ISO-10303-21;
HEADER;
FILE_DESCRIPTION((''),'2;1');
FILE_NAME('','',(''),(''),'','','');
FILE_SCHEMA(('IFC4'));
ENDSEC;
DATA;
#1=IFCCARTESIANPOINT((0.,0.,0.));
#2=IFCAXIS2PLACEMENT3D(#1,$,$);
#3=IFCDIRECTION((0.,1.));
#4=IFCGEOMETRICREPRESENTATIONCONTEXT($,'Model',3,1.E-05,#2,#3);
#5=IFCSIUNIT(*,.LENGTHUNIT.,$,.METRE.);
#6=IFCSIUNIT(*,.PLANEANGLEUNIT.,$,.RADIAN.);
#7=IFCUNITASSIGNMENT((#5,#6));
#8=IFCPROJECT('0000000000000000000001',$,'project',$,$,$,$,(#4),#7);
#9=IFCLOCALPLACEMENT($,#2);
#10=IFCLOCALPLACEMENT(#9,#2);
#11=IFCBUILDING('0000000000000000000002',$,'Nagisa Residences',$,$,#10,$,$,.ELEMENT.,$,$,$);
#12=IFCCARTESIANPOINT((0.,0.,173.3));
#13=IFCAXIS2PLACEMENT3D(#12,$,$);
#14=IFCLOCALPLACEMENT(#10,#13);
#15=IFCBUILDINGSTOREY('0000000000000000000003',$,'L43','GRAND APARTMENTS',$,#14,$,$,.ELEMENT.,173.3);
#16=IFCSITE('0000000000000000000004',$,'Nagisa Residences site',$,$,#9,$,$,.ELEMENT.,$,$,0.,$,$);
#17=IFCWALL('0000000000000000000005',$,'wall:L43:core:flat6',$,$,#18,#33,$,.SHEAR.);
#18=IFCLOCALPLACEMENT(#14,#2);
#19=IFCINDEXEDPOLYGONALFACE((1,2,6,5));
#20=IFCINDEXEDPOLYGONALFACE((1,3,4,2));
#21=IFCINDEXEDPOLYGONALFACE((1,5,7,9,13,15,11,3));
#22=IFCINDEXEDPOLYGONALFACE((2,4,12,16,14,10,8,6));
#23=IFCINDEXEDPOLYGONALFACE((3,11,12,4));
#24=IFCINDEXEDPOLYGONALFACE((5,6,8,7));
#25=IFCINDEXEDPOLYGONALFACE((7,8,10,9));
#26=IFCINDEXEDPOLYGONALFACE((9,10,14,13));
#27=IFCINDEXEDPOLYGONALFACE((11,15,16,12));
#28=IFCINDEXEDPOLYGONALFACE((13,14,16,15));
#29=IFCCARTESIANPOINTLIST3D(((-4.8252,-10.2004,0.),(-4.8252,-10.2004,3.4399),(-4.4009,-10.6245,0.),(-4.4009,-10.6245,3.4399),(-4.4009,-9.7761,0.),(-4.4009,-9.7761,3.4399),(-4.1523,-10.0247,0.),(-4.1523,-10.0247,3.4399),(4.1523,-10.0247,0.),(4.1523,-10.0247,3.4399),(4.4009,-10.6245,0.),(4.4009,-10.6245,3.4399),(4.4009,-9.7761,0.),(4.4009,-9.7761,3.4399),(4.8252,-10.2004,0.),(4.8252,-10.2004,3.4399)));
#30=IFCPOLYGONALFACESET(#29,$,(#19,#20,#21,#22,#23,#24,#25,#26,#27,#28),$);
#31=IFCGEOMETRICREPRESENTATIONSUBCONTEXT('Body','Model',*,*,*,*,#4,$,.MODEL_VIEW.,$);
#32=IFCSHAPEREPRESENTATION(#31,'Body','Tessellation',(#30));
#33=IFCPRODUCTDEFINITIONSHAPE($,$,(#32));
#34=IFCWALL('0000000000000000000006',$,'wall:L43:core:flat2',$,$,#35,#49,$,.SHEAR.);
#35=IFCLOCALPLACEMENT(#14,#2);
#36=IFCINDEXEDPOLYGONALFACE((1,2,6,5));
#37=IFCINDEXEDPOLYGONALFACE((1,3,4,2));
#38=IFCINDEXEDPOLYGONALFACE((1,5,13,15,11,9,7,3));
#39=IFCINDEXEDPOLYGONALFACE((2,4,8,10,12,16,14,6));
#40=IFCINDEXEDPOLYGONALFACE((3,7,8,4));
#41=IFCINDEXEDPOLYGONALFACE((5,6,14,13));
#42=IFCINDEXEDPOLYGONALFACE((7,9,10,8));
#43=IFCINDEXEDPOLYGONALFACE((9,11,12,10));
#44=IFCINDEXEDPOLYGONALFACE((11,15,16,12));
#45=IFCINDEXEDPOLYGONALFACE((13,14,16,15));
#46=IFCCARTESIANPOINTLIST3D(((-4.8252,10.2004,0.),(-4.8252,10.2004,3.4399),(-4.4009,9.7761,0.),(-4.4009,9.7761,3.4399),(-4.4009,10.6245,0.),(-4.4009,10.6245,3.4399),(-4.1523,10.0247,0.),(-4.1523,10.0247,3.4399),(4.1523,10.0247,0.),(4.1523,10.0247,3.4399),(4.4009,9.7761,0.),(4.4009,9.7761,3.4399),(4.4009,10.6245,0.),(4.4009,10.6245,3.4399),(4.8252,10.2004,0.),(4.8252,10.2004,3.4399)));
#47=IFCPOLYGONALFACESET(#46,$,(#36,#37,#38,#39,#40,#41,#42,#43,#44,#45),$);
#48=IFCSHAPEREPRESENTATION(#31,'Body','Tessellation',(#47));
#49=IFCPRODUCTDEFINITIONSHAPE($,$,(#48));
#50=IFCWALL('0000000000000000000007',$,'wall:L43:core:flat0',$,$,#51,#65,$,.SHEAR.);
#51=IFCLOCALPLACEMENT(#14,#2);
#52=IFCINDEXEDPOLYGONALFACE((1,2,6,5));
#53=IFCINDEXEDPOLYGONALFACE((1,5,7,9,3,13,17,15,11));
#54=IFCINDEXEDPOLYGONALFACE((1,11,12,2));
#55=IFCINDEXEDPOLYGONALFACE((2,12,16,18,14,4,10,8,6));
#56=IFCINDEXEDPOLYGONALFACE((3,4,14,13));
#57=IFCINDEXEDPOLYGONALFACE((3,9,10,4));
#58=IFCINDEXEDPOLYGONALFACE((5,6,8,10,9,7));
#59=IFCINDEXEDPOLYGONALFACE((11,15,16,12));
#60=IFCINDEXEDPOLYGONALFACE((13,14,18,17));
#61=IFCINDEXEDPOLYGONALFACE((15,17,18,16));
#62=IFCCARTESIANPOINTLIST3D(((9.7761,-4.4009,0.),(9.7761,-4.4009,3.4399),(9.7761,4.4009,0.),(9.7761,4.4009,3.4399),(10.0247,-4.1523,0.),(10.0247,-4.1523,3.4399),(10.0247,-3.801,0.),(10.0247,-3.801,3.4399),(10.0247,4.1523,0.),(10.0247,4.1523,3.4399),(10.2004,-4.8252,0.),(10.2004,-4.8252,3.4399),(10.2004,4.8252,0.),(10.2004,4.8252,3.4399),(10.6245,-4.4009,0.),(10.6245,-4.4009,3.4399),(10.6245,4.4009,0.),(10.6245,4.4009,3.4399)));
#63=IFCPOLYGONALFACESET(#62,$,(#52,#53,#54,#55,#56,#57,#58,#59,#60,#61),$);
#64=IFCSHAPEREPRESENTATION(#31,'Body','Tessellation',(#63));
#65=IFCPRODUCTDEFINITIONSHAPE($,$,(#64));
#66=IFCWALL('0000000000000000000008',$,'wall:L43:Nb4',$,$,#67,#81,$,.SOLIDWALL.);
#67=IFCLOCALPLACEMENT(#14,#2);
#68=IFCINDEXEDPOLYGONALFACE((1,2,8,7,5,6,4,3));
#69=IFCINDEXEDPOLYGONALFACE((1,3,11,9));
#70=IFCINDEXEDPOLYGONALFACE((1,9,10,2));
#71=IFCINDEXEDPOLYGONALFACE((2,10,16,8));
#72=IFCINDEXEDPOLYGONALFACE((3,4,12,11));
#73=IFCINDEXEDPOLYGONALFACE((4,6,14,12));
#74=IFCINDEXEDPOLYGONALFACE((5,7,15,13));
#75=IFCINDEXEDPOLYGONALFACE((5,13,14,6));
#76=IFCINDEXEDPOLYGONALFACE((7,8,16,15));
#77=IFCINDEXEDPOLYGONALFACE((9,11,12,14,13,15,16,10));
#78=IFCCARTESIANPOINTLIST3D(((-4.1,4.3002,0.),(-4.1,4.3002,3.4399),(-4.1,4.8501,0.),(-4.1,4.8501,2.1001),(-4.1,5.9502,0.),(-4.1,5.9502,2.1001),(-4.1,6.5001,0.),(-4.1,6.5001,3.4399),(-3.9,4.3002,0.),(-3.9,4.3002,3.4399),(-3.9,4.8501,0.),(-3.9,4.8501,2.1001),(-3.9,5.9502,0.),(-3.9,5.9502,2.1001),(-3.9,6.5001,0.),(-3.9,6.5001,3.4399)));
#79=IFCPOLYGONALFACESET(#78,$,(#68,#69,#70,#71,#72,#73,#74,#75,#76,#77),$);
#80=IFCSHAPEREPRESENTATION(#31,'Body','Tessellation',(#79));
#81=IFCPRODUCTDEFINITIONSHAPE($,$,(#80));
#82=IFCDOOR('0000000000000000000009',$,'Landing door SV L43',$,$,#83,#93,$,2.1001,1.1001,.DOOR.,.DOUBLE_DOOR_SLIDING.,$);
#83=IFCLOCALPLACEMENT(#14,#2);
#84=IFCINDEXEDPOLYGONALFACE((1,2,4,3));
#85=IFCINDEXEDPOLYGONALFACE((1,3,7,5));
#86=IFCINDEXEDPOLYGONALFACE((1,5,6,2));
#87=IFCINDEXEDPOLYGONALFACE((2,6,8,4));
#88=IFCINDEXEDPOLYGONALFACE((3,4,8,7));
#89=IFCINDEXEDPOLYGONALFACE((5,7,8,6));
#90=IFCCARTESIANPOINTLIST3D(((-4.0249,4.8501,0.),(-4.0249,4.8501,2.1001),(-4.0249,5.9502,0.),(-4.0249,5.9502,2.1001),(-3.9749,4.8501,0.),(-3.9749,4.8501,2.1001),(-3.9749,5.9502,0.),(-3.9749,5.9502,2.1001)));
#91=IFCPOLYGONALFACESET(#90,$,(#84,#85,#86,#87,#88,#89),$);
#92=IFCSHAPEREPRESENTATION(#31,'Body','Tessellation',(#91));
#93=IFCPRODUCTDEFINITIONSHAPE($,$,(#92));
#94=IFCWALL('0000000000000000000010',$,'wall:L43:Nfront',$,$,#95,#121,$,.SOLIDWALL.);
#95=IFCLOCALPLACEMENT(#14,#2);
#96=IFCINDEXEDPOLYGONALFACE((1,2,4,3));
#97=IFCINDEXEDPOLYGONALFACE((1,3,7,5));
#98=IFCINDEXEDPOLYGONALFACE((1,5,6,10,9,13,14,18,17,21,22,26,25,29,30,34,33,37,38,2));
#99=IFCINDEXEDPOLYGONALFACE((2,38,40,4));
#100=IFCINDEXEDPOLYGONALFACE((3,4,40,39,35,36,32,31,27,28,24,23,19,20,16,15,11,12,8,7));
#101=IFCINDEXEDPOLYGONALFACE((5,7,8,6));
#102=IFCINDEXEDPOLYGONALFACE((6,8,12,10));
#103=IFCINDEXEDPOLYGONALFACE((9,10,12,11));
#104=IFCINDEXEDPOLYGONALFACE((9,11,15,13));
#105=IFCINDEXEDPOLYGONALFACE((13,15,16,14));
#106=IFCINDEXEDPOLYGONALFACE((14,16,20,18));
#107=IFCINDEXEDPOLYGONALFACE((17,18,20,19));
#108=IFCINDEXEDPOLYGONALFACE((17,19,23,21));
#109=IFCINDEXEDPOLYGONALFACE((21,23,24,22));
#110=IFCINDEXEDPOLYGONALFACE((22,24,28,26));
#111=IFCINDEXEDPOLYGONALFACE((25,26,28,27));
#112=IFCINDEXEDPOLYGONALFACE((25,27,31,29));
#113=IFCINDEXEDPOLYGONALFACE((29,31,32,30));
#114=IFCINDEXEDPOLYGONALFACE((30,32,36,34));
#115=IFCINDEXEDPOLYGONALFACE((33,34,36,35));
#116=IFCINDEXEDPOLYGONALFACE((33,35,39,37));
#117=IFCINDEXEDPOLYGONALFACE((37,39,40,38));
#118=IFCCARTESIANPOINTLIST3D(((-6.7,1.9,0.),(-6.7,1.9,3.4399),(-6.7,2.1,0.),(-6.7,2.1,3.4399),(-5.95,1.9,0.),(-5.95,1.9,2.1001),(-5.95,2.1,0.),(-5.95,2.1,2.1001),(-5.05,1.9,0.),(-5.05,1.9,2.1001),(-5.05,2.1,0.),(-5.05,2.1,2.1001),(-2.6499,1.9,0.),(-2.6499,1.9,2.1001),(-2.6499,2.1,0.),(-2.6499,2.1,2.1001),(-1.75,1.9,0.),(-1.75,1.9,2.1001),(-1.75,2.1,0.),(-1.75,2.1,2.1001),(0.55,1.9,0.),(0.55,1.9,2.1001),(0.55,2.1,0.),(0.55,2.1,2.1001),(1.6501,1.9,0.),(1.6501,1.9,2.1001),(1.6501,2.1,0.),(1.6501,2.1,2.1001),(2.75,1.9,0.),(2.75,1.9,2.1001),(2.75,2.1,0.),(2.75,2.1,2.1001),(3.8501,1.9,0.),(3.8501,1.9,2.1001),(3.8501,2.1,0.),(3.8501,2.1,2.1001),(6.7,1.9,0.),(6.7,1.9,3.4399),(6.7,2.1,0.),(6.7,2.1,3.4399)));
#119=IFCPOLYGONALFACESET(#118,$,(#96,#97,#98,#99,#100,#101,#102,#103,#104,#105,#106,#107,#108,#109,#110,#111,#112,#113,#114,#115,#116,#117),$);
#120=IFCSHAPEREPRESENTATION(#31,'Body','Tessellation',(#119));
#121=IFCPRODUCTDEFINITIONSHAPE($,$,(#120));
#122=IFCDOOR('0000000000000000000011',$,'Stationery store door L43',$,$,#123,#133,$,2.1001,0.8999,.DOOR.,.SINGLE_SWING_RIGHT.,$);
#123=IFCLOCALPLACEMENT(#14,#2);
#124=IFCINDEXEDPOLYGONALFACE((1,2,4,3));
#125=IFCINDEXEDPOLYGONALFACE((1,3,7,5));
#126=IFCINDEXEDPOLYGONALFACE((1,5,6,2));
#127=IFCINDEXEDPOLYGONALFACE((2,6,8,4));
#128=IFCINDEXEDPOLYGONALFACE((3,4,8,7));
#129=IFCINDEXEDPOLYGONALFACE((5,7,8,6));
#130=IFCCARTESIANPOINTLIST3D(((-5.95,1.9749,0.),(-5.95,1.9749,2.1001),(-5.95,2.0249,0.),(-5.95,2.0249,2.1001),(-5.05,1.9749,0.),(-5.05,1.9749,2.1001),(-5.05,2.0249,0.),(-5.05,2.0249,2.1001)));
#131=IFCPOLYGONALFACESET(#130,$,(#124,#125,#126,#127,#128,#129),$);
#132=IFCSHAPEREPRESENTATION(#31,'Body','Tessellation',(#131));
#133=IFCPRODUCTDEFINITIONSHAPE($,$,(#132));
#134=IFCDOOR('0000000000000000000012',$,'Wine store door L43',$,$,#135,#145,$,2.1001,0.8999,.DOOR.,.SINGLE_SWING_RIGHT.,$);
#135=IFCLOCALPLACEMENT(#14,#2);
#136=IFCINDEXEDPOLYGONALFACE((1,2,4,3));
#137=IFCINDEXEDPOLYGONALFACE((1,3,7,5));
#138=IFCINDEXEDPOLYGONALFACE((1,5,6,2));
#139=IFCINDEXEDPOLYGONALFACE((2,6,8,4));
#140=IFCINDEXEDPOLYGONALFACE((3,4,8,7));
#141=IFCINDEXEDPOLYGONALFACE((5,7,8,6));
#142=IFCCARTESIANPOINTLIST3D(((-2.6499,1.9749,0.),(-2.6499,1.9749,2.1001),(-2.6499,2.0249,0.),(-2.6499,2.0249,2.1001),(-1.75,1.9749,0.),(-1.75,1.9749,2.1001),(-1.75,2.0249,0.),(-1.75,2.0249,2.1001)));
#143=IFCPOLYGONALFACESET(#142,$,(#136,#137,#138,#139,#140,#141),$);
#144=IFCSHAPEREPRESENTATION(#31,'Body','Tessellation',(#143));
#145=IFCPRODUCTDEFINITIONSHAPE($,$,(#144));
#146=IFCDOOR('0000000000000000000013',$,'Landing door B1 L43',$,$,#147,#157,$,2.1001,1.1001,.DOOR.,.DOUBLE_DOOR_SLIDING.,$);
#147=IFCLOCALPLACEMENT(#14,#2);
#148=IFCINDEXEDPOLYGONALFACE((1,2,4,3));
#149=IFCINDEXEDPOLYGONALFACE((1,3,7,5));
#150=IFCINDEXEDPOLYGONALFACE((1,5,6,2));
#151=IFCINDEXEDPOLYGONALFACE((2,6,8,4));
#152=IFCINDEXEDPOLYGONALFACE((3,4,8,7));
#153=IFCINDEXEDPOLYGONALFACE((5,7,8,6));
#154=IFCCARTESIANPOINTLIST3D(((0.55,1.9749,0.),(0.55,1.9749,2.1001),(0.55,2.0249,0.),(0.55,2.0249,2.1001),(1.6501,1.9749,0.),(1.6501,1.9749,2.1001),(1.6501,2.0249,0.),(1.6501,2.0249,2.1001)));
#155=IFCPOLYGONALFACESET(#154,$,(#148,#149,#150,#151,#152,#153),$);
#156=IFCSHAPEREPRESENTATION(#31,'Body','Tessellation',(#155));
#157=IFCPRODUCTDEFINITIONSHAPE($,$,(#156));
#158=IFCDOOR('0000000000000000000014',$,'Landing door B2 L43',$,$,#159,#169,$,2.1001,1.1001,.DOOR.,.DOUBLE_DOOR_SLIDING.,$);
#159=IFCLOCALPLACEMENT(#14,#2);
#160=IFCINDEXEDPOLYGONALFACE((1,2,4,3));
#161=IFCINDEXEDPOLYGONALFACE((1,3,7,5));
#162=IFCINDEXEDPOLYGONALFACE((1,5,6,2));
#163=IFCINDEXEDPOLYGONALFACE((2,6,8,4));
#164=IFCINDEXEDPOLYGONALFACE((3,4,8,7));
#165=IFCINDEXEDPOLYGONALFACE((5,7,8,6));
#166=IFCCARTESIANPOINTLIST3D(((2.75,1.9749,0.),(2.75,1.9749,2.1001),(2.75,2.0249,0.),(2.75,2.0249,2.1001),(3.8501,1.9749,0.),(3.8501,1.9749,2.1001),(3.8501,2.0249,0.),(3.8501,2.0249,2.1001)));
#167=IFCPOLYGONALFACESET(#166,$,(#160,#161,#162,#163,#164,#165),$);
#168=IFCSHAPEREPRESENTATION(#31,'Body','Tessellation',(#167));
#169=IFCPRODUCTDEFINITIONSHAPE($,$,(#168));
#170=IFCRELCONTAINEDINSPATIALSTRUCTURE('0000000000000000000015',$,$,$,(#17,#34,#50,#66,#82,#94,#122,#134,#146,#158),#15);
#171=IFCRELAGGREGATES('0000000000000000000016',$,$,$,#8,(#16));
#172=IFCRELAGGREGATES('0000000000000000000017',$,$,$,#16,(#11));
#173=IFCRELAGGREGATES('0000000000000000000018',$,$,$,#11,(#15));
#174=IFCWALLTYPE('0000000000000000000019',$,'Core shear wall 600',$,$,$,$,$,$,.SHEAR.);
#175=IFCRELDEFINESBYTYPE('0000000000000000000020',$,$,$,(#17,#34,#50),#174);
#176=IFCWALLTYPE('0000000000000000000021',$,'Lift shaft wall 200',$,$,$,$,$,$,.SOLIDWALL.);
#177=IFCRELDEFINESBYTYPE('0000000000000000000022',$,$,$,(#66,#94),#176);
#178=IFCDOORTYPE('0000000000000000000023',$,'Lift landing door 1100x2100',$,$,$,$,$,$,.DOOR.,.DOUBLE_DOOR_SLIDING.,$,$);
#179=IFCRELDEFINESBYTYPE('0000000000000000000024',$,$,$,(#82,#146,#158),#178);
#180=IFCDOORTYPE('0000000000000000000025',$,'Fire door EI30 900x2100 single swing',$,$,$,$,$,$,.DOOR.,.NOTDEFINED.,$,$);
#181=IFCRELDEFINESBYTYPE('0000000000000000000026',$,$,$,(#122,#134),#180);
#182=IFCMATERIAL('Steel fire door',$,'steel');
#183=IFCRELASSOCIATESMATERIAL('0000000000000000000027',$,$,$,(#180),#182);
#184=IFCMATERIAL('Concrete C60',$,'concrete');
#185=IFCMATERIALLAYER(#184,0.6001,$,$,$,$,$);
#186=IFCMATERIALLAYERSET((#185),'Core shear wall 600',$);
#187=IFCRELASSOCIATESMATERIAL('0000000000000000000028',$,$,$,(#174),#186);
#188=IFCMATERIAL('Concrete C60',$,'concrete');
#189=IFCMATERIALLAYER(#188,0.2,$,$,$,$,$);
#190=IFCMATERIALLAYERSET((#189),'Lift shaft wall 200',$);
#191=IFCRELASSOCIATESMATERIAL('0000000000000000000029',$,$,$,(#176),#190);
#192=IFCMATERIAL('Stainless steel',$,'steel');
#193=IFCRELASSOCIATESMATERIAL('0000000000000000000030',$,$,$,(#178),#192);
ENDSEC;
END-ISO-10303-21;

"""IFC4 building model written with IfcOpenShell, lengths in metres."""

from ifc_helpers import new_model, si_unit, direction, frame, frame_2d, origin, place, context, subcontext, project, spatial, polyline, rectangle, outline, extrude, material, layer, layer_set, type_object, element, fill, save


model = new_model("IFC4")

# Units and contexts
model_context = context("Model", 3, precision=1e-05, world=origin(), true_north=direction((0.0, 1.0)))
body_context = subcontext(model_context, "Body", "Model", "MODEL_VIEW")
ifc_project = project(units=[si_unit("LENGTHUNIT", "METRE"), si_unit("PLANEANGLEUNIT", "RADIAN")], contexts=[model_context])

# Site, building, storey
site_placement = place(None, origin())
site = spatial("IfcSite", under=ifc_project, at=site_placement, Name="Nagisa Residences site", CompositionType="ELEMENT", RefElevation=0.0)
building_placement = place(site_placement, origin())
building = spatial("IfcBuilding", under=site, at=building_placement, Name="Nagisa Residences", CompositionType="ELEMENT")
storey_placement = place(building_placement, frame((0.0, 0.0, 173.3)))
storey = spatial("IfcBuildingStorey", under=building, at=storey_placement, Name="L43", Description="GRAND APARTMENTS", CompositionType="ELEMENT", Elevation=173.3)

# Shared definitions
ifc_material_1 = material(Name="Steel fire door", Category="steel")
door_type_1 = type_object("IfcDoorType", Name="Fire door EI30 900x2100 single swing", OperationType="NOTDEFINED", PredefinedType="DOOR", material=ifc_material_1)

# Shared definitions
ifc_material_2 = material(Name="Concrete C60", Category="concrete")
ifc_layer_1 = layer(ifc_material_2, 0.6001)
ifc_layer_set_1 = layer_set([ifc_layer_1], Name="Core shear wall 600")
wall_type_1 = type_object("IfcWallType", Name="Core shear wall 600", PredefinedType="SHEAR", material=ifc_layer_set_1)

# Walls
wall_1_placement = place(storey_placement, origin())
element("IfcWall", 1, at=wall_1_placement, inside=storey, type_object=wall_type_1, Name="wall:L43:core:flat6", PredefinedType="SHEAR", context=body_context, shape_type="SweptSolid", body=[
    extrude(outline(polyline([(-4.1523, -10.0247), (4.1523, -10.0247), (4.4009, -9.7761), (4.8252, -10.2004), (4.4009, -10.6245), (-4.4009, -10.6245), (-4.8252, -10.2004), (-4.4009, -9.7761), (-4.1523, -10.0247)])), origin(), (0.0, 0.0, 1.0), 3.4399),
])
wall_2_placement = place(storey_placement, origin())
element("IfcWall", 2, at=wall_2_placement, inside=storey, type_object=wall_type_1, Name="wall:L43:core:flat2", PredefinedType="SHEAR", context=body_context, shape_type="SweptSolid", body=[
    extrude(outline(polyline([(-4.1523, 10.0247), (-4.4009, 9.7761), (-4.8252, 10.2004), (-4.4009, 10.6245), (4.4009, 10.6245), (4.8252, 10.2004), (4.4009, 9.7761), (4.1523, 10.0247), (-4.1523, 10.0247)])), origin(), (0.0, 0.0, 1.0), 3.4399),
])
wall_3_placement = place(storey_placement, origin())
element("IfcWall", 3, at=wall_3_placement, inside=storey, type_object=wall_type_1, Name="wall:L43:core:flat0", PredefinedType="SHEAR", context=body_context, shape_type="SweptSolid", body=[
    extrude(outline(polyline([(9.7761, -4.4009), (10.0247, -4.1523), (10.0247, -3.801), (10.0247, 4.1523), (9.7761, 4.4009), (10.2004, 4.8252), (10.6245, 4.4009), (10.6245, -4.4009), (10.2004, -4.8252), (9.7761, -4.4009)])), origin(), (0.0, 0.0, 1.0), 3.4399),
])

# Wall, opening, door
ifc_material_3 = material(Name="Concrete C60", Category="concrete")
ifc_layer_2 = layer(ifc_material_3, 0.2)
ifc_layer_set_2 = layer_set([ifc_layer_2], Name="Lift shaft wall 200")
wall_type_2 = type_object("IfcWallType", Name="Lift shaft wall 200", PredefinedType="SOLIDWALL", material=ifc_layer_set_2)
wall_4_placement = place(storey_placement, frame((-4.0, 4.3, 0.0), z_axis=(0.0, 0.0, 1.0), x_axis=(0.0, 1.0, 0.0)))
wall_4 = element("IfcWall", 4, at=wall_4_placement, inside=storey, type_object=wall_type_2, Name="wall:L43:Nb4", PredefinedType="SOLIDWALL", context=body_context, shape_type="SweptSolid", body=[
    extrude(rectangle(XDim=2.2, YDim=0.2, at=frame_2d((1.1001, 0.0))), origin(), (0.0, 0.0, 1.0), 3.4399),
])
opening_1_placement = place(wall_4_placement, frame((0.55, 0.0, 0.0)))
opening_1 = element("IfcOpeningElement", 5, at=opening_1_placement, cuts=wall_4, PredefinedType="OPENING", context=body_context, shape_type="SweptSolid", body=[
    extrude(rectangle(XDim=1.1001, YDim=2.1001, at=frame_2d((0.55, 1.05))), frame((0.0, 0.1099, 0.0), z_axis=(0.0, -1.0, 0.0), x_axis=(1.0, 0.0, 0.0)), (0.0, 0.0, 1.0), 0.22),
])
ifc_material_4 = material(Name="Stainless steel", Category="steel")
door_type_2 = type_object("IfcDoorType", Name="Lift landing door 1100x2100", OperationType="DOUBLE_DOOR_SLIDING", PredefinedType="DOOR", material=ifc_material_4)
door_1_placement = place(opening_1_placement, origin())
door_1 = element("IfcDoor", 6, at=door_1_placement, inside=storey, type_object=door_type_2, Name="Landing door SV L43", OperationType="DOUBLE_DOOR_SLIDING", OverallHeight=2.1001, OverallWidth=1.1001, PredefinedType="DOOR", context=body_context, shape_type="SweptSolid", body=[
    extrude(rectangle(XDim=1.1001, YDim=2.1001, at=frame_2d((0.55, 1.05))), frame((0.0, 0.0249, 0.0), z_axis=(0.0, -1.0, 0.0), x_axis=(1.0, 0.0, 0.0)), (0.0, 0.0, 1.0), 0.05),
])
fill(opening_1, door_1)

# Wall, openings, doors
wall_5_placement = place(storey_placement, frame((-6.7, 2.0, 0.0), z_axis=(0.0, 0.0, 1.0), x_axis=(1.0, 0.0, 0.0)))
wall_5 = element("IfcWall", 7, at=wall_5_placement, inside=storey, type_object=wall_type_2, Name="wall:L43:Nfront", PredefinedType="SOLIDWALL", context=body_context, shape_type="SweptSolid", body=[
    extrude(rectangle(XDim=13.3999, YDim=0.2, at=frame_2d((6.7, 0.0))), origin(), (0.0, 0.0, 1.0), 3.4399),
])
opening_2_placement = place(wall_5_placement, frame((7.25, 0.0, 0.0)))
opening_2 = element("IfcOpeningElement", 8, at=opening_2_placement, cuts=wall_5, PredefinedType="OPENING", context=body_context, shape_type="SweptSolid", body=[
    extrude(rectangle(XDim=1.1001, YDim=2.1001, at=frame_2d((0.55, 1.05))), frame((0.0, 0.1099, 0.0), z_axis=(0.0, -1.0, 0.0), x_axis=(1.0, 0.0, 0.0)), (0.0, 0.0, 1.0), 0.22),
])
opening_3_placement = place(wall_5_placement, frame((9.45, 0.0, 0.0)))
opening_3 = element("IfcOpeningElement", 9, at=opening_3_placement, cuts=wall_5, PredefinedType="OPENING", context=body_context, shape_type="SweptSolid", body=[
    extrude(rectangle(XDim=1.1001, YDim=2.1001, at=frame_2d((0.55, 1.05))), frame((0.0, 0.1099, 0.0), z_axis=(0.0, -1.0, 0.0), x_axis=(1.0, 0.0, 0.0)), (0.0, 0.0, 1.0), 0.22),
])
opening_4_placement = place(wall_5_placement, frame((0.75, 0.0, 0.0)))
opening_4 = element("IfcOpeningElement", 10, at=opening_4_placement, cuts=wall_5, PredefinedType="OPENING", context=body_context, shape_type="SweptSolid", body=[
    extrude(rectangle(XDim=0.8999, YDim=2.1001, at=frame_2d((0.45, 1.05))), frame((0.0, 0.1099, 0.0), z_axis=(0.0, -1.0, 0.0), x_axis=(1.0, 0.0, 0.0)), (0.0, 0.0, 1.0), 0.22),
])
opening_5_placement = place(wall_5_placement, frame((4.05, 0.0, 0.0)))
opening_5 = element("IfcOpeningElement", 11, at=opening_5_placement, cuts=wall_5, PredefinedType="OPENING", context=body_context, shape_type="SweptSolid", body=[
    extrude(rectangle(XDim=0.8999, YDim=2.1001, at=frame_2d((0.45, 1.05))), frame((0.0, 0.1099, 0.0), z_axis=(0.0, -1.0, 0.0), x_axis=(1.0, 0.0, 0.0)), (0.0, 0.0, 1.0), 0.22),
])
door_2_placement = place(opening_4_placement, origin())
door_2 = element("IfcDoor", 12, at=door_2_placement, inside=storey, type_object=door_type_1, Name="Stationery store door L43", OperationType="SINGLE_SWING_RIGHT", OverallHeight=2.1001, OverallWidth=0.8999, PredefinedType="DOOR", context=body_context, shape_type="SweptSolid", body=[
    extrude(rectangle(XDim=0.8999, YDim=2.1001, at=frame_2d((0.45, 1.05))), frame((0.0, 0.0249, 0.0), z_axis=(0.0, -1.0, 0.0), x_axis=(1.0, 0.0, 0.0)), (0.0, 0.0, 1.0), 0.05),
])
fill(opening_4, door_2)
door_3_placement = place(opening_5_placement, origin())
door_3 = element("IfcDoor", 13, at=door_3_placement, inside=storey, type_object=door_type_1, Name="Wine store door L43", OperationType="SINGLE_SWING_RIGHT", OverallHeight=2.1001, OverallWidth=0.8999, PredefinedType="DOOR", context=body_context, shape_type="SweptSolid", body=[
    extrude(rectangle(XDim=0.8999, YDim=2.1001, at=frame_2d((0.45, 1.05))), frame((0.0, 0.0249, 0.0), z_axis=(0.0, -1.0, 0.0), x_axis=(1.0, 0.0, 0.0)), (0.0, 0.0, 1.0), 0.05),
])
fill(opening_5, door_3)
door_4_placement = place(opening_2_placement, origin())
door_4 = element("IfcDoor", 14, at=door_4_placement, inside=storey, type_object=door_type_2, Name="Landing door B1 L43", OperationType="DOUBLE_DOOR_SLIDING", OverallHeight=2.1001, OverallWidth=1.1001, PredefinedType="DOOR", context=body_context, shape_type="SweptSolid", body=[
    extrude(rectangle(XDim=1.1001, YDim=2.1001, at=frame_2d((0.55, 1.05))), frame((0.0, 0.0249, 0.0), z_axis=(0.0, -1.0, 0.0), x_axis=(1.0, 0.0, 0.0)), (0.0, 0.0, 1.0), 0.05),
])
fill(opening_2, door_4)
door_5_placement = place(opening_3_placement, origin())
door_5 = element("IfcDoor", 15, at=door_5_placement, inside=storey, type_object=door_type_2, Name="Landing door B2 L43", OperationType="DOUBLE_DOOR_SLIDING", OverallHeight=2.1001, OverallWidth=1.1001, PredefinedType="DOOR", context=body_context, shape_type="SweptSolid", body=[
    extrude(rectangle(XDim=1.1001, YDim=2.1001, at=frame_2d((0.55, 1.05))), frame((0.0, 0.0249, 0.0), z_axis=(0.0, -1.0, 0.0), x_axis=(1.0, 0.0, 0.0)), (0.0, 0.0, 1.0), 0.05),
])
fill(opening_3, door_5)

save(model, "model.ifc")
